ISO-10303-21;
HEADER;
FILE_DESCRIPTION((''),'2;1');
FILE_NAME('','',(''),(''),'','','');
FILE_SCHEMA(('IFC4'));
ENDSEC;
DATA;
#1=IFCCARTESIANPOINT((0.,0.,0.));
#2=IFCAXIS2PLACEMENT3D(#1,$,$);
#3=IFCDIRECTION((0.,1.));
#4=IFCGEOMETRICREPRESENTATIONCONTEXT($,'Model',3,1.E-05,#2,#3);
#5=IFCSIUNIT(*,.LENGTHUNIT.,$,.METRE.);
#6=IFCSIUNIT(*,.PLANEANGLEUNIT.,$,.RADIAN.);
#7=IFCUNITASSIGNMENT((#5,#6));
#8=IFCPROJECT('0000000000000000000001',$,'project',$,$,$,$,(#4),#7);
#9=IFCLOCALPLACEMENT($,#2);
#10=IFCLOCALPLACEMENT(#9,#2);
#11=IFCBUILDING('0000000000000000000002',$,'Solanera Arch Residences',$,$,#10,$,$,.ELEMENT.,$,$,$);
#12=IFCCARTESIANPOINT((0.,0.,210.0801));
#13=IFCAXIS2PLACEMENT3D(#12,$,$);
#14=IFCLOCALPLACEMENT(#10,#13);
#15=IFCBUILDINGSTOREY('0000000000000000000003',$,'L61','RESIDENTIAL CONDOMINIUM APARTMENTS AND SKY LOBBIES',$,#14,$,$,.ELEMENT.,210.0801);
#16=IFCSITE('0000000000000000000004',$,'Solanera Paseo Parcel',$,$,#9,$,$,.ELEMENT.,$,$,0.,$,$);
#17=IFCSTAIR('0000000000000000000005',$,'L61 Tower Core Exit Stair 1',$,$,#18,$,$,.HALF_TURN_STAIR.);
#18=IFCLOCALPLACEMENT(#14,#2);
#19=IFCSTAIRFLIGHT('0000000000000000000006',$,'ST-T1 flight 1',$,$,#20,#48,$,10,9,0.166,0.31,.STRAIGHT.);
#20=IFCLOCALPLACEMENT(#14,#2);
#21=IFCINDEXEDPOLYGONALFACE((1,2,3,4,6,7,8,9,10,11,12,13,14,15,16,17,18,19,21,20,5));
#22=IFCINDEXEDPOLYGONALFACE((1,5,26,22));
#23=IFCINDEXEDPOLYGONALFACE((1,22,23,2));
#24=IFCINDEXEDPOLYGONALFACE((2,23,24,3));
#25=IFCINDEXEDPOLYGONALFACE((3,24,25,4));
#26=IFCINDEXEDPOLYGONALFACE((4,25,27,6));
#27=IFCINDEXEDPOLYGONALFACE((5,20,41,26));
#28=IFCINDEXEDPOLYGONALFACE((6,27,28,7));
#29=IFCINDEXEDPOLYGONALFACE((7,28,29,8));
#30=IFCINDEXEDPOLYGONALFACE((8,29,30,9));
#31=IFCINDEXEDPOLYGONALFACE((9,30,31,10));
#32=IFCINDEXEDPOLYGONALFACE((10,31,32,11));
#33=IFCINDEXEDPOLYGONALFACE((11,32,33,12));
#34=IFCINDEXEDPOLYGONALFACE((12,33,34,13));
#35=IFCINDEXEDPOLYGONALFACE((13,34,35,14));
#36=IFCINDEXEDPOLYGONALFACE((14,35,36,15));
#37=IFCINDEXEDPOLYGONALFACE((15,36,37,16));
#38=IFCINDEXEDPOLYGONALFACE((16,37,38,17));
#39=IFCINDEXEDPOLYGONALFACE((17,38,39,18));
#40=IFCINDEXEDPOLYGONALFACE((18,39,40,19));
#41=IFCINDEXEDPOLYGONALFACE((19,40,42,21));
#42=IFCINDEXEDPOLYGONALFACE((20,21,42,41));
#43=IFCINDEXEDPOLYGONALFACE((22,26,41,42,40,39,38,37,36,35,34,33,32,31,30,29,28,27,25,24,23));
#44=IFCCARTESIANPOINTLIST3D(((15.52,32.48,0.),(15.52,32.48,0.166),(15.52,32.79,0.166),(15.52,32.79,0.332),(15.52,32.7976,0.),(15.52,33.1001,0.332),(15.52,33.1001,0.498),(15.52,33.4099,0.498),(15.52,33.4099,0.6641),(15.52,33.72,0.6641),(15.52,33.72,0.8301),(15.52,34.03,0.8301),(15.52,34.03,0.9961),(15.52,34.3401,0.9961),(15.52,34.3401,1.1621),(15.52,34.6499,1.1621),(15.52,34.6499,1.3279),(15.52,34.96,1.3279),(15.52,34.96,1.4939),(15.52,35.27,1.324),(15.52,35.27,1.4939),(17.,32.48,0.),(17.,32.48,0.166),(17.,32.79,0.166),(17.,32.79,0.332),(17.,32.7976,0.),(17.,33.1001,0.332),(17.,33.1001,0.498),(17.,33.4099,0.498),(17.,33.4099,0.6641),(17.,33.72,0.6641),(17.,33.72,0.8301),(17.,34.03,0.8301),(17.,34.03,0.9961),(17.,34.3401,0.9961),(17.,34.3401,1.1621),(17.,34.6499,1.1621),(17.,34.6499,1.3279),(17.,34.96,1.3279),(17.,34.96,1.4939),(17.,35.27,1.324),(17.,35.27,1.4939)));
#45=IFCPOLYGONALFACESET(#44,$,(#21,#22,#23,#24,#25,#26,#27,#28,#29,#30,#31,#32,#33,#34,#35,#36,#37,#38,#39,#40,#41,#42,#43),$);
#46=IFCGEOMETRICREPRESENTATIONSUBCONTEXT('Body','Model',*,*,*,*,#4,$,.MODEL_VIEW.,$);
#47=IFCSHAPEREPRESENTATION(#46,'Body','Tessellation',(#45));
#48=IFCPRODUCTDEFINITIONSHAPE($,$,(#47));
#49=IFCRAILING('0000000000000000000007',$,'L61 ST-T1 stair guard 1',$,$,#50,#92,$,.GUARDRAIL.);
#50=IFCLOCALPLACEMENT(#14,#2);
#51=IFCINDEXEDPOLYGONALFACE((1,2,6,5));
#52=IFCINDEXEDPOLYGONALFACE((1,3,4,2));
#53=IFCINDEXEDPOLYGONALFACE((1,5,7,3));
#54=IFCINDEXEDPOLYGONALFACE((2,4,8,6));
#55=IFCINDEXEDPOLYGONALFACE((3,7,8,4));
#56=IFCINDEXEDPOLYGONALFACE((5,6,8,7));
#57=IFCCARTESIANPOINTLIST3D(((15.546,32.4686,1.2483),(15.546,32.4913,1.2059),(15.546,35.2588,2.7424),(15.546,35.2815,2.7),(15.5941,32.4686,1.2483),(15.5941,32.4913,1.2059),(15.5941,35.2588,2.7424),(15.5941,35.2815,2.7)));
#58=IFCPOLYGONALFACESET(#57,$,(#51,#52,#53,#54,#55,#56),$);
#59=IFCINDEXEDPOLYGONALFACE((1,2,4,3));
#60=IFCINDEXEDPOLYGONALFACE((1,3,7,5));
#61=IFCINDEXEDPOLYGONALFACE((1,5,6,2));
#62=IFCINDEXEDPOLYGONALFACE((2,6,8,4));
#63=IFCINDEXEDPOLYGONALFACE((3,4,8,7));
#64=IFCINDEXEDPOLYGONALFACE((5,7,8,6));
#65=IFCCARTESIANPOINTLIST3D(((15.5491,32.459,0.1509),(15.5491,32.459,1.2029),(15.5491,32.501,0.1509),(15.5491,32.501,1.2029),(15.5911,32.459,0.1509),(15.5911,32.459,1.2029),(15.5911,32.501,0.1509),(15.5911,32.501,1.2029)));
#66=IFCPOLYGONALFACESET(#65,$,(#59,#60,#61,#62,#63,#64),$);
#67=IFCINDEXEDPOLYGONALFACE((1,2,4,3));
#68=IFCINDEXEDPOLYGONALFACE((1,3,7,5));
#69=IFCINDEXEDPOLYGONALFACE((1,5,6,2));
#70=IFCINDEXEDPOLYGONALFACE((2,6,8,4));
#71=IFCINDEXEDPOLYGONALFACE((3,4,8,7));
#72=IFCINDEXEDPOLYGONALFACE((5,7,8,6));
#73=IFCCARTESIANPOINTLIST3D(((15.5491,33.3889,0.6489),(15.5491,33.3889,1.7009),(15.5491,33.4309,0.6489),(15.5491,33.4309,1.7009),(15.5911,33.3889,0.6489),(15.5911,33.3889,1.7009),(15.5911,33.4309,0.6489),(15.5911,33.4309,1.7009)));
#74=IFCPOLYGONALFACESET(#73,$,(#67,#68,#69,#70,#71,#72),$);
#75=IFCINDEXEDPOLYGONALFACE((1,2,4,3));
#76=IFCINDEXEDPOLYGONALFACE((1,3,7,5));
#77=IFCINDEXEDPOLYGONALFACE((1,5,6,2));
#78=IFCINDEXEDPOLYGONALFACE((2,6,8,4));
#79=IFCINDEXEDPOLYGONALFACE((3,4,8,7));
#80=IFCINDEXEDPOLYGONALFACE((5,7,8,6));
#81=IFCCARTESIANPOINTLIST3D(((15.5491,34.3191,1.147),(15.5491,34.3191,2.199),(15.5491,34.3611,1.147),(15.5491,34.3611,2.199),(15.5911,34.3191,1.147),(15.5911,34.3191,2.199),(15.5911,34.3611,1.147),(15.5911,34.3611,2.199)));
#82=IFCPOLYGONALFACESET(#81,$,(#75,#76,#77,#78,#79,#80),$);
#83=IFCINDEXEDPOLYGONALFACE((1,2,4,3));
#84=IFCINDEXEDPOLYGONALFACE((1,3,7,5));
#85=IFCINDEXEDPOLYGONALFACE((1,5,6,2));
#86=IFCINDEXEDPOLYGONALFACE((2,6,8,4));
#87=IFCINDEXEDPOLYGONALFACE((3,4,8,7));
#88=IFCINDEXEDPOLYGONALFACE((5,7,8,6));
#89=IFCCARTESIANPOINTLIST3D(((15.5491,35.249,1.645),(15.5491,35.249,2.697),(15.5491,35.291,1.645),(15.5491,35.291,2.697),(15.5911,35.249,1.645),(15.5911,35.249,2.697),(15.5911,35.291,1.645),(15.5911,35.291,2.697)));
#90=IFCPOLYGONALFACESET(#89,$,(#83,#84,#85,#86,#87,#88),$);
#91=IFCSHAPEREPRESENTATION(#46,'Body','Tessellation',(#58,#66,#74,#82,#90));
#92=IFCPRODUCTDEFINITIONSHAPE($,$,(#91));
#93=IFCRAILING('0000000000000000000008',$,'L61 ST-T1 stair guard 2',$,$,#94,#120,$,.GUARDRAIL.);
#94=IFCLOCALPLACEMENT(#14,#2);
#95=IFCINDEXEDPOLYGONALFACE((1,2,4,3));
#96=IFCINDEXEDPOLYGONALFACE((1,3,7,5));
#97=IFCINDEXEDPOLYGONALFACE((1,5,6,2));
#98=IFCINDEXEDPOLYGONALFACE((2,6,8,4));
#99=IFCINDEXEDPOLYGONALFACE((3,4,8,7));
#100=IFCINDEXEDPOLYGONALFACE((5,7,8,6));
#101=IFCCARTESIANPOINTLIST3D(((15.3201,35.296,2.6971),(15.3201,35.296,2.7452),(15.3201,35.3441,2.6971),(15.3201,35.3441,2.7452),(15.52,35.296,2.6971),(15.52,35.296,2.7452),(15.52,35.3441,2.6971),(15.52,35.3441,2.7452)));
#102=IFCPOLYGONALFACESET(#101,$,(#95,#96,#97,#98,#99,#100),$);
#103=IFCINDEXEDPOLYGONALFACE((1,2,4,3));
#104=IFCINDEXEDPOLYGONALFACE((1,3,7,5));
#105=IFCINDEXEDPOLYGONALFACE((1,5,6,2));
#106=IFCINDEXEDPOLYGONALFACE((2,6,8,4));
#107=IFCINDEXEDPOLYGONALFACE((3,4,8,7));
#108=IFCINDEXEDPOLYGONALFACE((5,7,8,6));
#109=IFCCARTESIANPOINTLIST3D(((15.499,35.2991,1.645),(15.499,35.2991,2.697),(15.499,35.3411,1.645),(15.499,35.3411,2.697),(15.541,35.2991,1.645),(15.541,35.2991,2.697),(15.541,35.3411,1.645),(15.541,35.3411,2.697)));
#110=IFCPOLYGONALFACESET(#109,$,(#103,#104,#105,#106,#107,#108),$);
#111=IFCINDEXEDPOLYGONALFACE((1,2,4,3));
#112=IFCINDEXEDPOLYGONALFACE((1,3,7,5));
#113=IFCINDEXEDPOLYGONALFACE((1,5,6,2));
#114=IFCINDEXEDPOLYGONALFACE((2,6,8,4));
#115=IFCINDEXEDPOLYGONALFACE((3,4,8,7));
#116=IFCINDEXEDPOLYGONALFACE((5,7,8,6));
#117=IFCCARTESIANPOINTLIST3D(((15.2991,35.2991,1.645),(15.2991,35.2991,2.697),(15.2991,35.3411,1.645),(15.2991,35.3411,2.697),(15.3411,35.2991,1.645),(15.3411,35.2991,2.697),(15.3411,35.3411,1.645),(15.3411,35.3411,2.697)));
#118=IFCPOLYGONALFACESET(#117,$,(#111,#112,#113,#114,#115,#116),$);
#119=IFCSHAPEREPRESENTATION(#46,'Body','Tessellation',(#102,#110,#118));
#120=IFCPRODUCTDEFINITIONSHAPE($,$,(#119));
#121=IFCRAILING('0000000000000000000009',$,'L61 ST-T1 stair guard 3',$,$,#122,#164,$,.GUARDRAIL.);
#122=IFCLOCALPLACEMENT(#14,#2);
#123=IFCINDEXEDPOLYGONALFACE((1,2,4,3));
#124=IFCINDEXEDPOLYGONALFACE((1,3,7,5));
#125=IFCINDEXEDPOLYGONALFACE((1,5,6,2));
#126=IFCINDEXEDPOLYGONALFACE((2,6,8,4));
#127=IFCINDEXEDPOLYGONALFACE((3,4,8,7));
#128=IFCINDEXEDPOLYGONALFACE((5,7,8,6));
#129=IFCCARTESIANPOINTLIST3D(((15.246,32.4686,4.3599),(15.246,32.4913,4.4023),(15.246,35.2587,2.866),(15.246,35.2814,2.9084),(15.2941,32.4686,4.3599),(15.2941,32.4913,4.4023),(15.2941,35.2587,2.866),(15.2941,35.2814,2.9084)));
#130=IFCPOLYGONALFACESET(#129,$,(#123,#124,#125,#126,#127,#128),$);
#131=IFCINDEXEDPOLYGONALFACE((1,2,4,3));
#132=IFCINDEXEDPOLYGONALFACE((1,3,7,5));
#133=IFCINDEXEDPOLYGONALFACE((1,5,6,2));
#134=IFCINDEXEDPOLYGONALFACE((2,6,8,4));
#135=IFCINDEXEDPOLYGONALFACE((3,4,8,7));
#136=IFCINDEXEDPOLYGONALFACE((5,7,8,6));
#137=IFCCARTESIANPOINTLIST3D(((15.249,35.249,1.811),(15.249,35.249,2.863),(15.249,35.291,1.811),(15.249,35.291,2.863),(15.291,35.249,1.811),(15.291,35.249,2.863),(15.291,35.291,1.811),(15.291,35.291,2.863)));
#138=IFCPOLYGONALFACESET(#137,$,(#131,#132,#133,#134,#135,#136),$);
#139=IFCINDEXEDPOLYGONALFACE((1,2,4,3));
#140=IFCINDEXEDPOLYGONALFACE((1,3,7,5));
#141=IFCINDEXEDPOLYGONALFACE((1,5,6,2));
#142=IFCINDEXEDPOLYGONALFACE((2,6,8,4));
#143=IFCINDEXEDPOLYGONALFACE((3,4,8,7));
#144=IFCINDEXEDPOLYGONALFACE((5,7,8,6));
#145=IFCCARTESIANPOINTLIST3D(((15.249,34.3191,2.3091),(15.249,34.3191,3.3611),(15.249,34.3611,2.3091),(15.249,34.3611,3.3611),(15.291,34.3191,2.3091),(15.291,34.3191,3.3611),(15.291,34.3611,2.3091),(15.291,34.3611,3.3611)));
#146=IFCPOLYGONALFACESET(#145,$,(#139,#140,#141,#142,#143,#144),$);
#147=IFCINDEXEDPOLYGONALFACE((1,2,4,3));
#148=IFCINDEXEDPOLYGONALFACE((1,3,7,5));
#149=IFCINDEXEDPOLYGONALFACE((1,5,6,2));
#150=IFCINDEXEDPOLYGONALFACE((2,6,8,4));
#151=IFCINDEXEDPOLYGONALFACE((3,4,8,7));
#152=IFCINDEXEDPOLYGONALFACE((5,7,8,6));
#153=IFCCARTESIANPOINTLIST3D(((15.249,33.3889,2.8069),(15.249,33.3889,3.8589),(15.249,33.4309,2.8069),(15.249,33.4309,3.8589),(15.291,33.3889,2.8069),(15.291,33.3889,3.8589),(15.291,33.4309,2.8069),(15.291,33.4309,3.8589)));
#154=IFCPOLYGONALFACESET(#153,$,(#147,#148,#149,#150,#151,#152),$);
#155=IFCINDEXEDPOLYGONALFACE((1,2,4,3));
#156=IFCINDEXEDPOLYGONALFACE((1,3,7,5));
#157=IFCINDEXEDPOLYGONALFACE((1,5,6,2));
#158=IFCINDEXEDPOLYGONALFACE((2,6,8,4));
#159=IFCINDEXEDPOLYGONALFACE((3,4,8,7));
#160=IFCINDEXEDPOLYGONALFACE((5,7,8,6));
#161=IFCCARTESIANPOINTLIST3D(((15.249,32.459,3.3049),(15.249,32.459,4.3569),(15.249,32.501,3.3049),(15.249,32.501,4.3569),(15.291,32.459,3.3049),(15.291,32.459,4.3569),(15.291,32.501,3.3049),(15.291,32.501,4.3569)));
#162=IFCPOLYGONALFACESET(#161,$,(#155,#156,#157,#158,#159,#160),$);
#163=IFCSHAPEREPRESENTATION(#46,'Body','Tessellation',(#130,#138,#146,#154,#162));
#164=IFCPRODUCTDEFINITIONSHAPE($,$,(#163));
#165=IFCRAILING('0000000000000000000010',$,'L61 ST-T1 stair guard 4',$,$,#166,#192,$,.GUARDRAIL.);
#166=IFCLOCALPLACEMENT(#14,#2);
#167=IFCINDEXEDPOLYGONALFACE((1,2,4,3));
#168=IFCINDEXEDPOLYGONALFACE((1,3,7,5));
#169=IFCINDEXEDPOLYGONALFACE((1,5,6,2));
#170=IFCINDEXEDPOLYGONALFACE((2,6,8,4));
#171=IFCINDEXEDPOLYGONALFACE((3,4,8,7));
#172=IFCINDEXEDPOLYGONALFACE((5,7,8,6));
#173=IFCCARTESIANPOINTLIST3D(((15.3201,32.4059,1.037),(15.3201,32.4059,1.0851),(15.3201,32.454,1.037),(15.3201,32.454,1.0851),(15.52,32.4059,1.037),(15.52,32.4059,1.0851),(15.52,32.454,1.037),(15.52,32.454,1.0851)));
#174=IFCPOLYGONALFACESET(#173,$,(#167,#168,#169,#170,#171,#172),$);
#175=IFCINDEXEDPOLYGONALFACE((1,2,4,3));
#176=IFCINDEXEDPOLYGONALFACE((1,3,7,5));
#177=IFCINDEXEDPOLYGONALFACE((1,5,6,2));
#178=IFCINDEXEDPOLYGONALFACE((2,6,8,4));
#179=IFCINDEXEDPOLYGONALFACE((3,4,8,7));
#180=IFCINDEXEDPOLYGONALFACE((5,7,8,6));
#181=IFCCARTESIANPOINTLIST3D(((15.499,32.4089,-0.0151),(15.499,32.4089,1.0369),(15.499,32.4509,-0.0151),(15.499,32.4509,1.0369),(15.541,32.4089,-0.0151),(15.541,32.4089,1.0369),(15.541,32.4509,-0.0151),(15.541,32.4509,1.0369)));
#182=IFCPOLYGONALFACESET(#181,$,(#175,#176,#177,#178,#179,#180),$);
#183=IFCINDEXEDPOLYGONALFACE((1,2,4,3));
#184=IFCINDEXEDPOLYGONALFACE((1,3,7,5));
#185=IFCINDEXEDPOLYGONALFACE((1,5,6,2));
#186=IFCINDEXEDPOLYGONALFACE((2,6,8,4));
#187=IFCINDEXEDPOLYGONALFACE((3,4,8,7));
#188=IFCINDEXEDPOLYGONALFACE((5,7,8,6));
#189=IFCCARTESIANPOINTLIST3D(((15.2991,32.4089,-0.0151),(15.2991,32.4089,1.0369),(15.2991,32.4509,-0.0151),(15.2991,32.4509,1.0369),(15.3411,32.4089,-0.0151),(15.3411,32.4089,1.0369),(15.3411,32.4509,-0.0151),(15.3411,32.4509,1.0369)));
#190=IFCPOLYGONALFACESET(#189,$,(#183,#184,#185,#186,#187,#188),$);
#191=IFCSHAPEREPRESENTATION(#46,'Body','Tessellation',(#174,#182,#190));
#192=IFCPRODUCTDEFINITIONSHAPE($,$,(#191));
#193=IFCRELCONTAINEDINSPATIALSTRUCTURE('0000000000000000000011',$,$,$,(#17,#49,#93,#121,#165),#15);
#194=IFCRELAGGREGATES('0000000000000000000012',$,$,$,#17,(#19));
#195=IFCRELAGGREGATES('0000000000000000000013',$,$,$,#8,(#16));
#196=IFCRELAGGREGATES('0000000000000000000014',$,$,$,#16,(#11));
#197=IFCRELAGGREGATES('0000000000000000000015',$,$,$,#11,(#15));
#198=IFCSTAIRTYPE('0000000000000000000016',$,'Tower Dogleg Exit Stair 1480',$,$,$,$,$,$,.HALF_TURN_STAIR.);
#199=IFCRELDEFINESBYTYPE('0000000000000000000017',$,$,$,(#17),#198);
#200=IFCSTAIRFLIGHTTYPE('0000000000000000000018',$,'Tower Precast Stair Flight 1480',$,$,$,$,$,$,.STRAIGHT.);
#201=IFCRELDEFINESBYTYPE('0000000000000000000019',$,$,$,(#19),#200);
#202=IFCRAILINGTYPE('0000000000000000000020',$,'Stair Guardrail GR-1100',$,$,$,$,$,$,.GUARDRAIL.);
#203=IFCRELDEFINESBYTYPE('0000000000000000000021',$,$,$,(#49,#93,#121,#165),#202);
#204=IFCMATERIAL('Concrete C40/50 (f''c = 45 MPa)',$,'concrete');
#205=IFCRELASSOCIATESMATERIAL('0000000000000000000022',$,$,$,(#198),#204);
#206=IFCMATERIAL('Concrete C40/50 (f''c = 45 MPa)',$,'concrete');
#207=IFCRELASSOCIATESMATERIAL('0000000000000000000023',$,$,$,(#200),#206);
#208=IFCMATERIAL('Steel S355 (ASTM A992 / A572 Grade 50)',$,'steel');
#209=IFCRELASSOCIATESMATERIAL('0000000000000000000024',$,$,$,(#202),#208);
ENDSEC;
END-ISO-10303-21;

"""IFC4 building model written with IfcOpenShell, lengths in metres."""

from ifc_helpers import new_model, si_unit, direction, frame, origin, origin_2d, place, context, subcontext, project, spatial, polyline, rectangle, outline, extrude, material, type_object, element, aggregate, save


model = new_model("IFC4")

# Units and contexts
model_context = context("Model", 3, precision=1e-05, world=origin(), true_north=direction((0.0, 1.0)))
body_context = subcontext(model_context, "Body", "Model", "MODEL_VIEW")
ifc_project = project(units=[si_unit("LENGTHUNIT", "METRE"), si_unit("PLANEANGLEUNIT", "RADIAN")], contexts=[model_context])

# Site, building, storey
site_placement = place(None, origin())
site = spatial("IfcSite", under=ifc_project, at=site_placement, Name="Solanera Paseo Parcel", CompositionType="ELEMENT", RefElevation=0.0)
building_placement = place(site_placement, origin())
building = spatial("IfcBuilding", under=site, at=building_placement, Name="Solanera Arch Residences", CompositionType="ELEMENT")
storey_placement = place(building_placement, frame((0.0, 0.0, 210.0801)))
storey = spatial("IfcBuildingStorey", under=building, at=storey_placement, Name="L61", Description="RESIDENTIAL CONDOMINIUM APARTMENTS AND SKY LOBBIES", CompositionType="ELEMENT", Elevation=210.0801)

# Stair, stair flight
ifc_material_1 = material(Name="Concrete C40/50 (f'c = 45 MPa)", Category="concrete")
stair_type = type_object("IfcStairType", Name="Tower Dogleg Exit Stair 1480", PredefinedType="HALF_TURN_STAIR", material=ifc_material_1)
stair_placement = place(storey_placement, origin())
stair = element("IfcStair", 1, at=stair_placement, inside=storey, type_object=stair_type, Name="L61 Tower Core Exit Stair 1", PredefinedType="HALF_TURN_STAIR")
ifc_material_2 = material(Name="Concrete C40/50 (f'c = 45 MPa)", Category="concrete")
stair_flight_type = type_object("IfcStairFlightType", Name="Tower Precast Stair Flight 1480", PredefinedType="STRAIGHT", material=ifc_material_2)
stair_flight_placement = place(storey_placement, frame((16.26, 32.48, 0.0), z_axis=(0.0, 0.0, 1.0), x_axis=(0.0, 1.0, 0.0)))
stair_flight = element("IfcStairFlight", 2, at=stair_flight_placement, type_object=stair_flight_type, Name="ST-T1 flight 1", NumberOfRisers=10, NumberOfTreads=9, PredefinedType="STRAIGHT", RiserHeight=0.166, TreadLength=0.31, context=body_context, shape_type="SweptSolid", body=[
    extrude(outline(polyline([(0.0, 0.0), (0.0, 0.166), (0.3101, 0.166), (0.3101, 0.332), (0.6201, 0.332), (0.6201, 0.498), (0.9299, 0.498), (0.9299, 0.6641), (1.24, 0.6641), (1.24, 0.8301), (1.55, 0.8301), (1.55, 0.9961), (1.8601, 0.9961), (1.8601, 1.1621), (2.1699, 1.1621), (2.1699, 1.3279), (2.48, 1.3279), (2.48, 1.4939), (2.79, 1.4939), (2.79, 1.6599), (2.79, 1.324), (0.3176, 0.0), (0.0, 0.0)])), frame((0.0, 0.74, 0.0), z_axis=(0.0, -1.0, 0.0), x_axis=(1.0, 0.0, 0.0)), (0.0, 0.0, 1.0), 1.48),
])
aggregate(stair, [stair_flight])

# Railings
ifc_material_3 = material(Name="Steel S355 (ASTM A992 / A572 Grade 50)", Category="steel")
railing_type_1 = type_object("IfcRailingType", Name="Stair Guardrail GR-1100", PredefinedType="GUARDRAIL", material=ifc_material_3)
railing_1_placement = place(storey_placement, frame((15.5701, 32.48, 0.1509)))
element("IfcRailing", 3, at=railing_1_placement, inside=storey, type_object=railing_type_1, Name="L61 ST-T1 stair guard 1", PredefinedType="GUARDRAIL", context=body_context, shape_type="SweptSolid", body=[
    extrude(rectangle(XDim=0.0481, YDim=0.0481, at=origin_2d()), frame((0.0, 0.0, 1.0762), z_axis=(0.0, 0.881549, 0.472093), x_axis=(-1.0, 0.0, 0.0)), (0.0, 0.0, 1.0), 3.165),
    extrude(rectangle(XDim=0.042, YDim=0.042, at=origin_2d()), origin(), (0.0, 0.0, 1.0), 1.052),
    extrude(rectangle(XDim=0.042, YDim=0.042, at=origin_2d()), frame((0.0, 0.9299, 0.498)), (0.0, 0.0, 1.0), 1.052),
    extrude(rectangle(XDim=0.042, YDim=0.042, at=origin_2d()), frame((0.0, 1.8601, 0.9961)), (0.0, 0.0, 1.0), 1.052),
    extrude(rectangle(XDim=0.042, YDim=0.042, at=origin_2d()), frame((0.0, 2.79, 1.4941)), (0.0, 0.0, 1.0), 1.052),
])
railing_2_placement = place(storey_placement, frame((15.52, 35.3201, 1.645)))
element("IfcRailing", 4, at=railing_2_placement, inside=storey, type_object=railing_type_1, Name="L61 ST-T1 stair guard 2", PredefinedType="GUARDRAIL", context=body_context, shape_type="SweptSolid", body=[
    extrude(rectangle(XDim=0.0481, YDim=0.0481, at=origin_2d()), frame((0.0, 0.0, 1.0762), z_axis=(-1.0, 0.0, 0.0), x_axis=(0.0, -1.0, 0.0)), (0.0, 0.0, 1.0), 0.2),
    extrude(rectangle(XDim=0.042, YDim=0.042, at=origin_2d()), origin(), (0.0, 0.0, 1.0), 1.052),
    extrude(rectangle(XDim=0.042, YDim=0.042, at=origin_2d()), frame((-0.2, 0.0, 0.0)), (0.0, 0.0, 1.0), 1.052),
])
railing_3_placement = place(storey_placement, frame((15.27, 35.27, 1.811)))
element("IfcRailing", 5, at=railing_3_placement, inside=storey, type_object=railing_type_1, Name="L61 ST-T1 stair guard 3", PredefinedType="GUARDRAIL", context=body_context, shape_type="SweptSolid", body=[
    extrude(rectangle(XDim=0.0481, YDim=0.0481, at=origin_2d()), frame((0.0, 0.0, 1.0762), z_axis=(0.0, -0.881581, 0.472033), x_axis=(1.0, 0.0, 0.0)), (0.0, 0.0, 1.0), 3.1648),
    extrude(rectangle(XDim=0.042, YDim=0.042, at=origin_2d()), origin(), (0.0, 0.0, 1.0), 1.052),
    extrude(rectangle(XDim=0.042, YDim=0.042, at=origin_2d()), frame((0.0, -0.9299, 0.498)), (0.0, 0.0, 1.0), 1.052),
    extrude(rectangle(XDim=0.042, YDim=0.042, at=origin_2d()), frame((0.0, -1.8601, 0.9958)), (0.0, 0.0, 1.0), 1.052),
    extrude(rectangle(XDim=0.042, YDim=0.042, at=origin_2d()), frame((0.0, -2.79, 1.4939)), (0.0, 0.0, 1.0), 1.052),
])
railing_4_placement = place(storey_placement, frame((15.52, 32.4299, -0.0151)))
element("IfcRailing", 6, at=railing_4_placement, inside=storey, type_object=railing_type_1, Name="L61 ST-T1 stair guard 4", PredefinedType="GUARDRAIL", context=body_context, shape_type="SweptSolid", body=[
    extrude(rectangle(XDim=0.0481, YDim=0.0481, at=origin_2d()), frame((0.0, 0.0, 1.0762), z_axis=(-1.0, 0.0, 0.0), x_axis=(0.0, -1.0, 0.0)), (0.0, 0.0, 1.0), 0.2),
    extrude(rectangle(XDim=0.042, YDim=0.042, at=origin_2d()), origin(), (0.0, 0.0, 1.0), 1.052),
    extrude(rectangle(XDim=0.042, YDim=0.042, at=origin_2d()), frame((-0.2, 0.0, 0.0)), (0.0, 0.0, 1.0), 1.052),
])

save(model, "model.ifc")
